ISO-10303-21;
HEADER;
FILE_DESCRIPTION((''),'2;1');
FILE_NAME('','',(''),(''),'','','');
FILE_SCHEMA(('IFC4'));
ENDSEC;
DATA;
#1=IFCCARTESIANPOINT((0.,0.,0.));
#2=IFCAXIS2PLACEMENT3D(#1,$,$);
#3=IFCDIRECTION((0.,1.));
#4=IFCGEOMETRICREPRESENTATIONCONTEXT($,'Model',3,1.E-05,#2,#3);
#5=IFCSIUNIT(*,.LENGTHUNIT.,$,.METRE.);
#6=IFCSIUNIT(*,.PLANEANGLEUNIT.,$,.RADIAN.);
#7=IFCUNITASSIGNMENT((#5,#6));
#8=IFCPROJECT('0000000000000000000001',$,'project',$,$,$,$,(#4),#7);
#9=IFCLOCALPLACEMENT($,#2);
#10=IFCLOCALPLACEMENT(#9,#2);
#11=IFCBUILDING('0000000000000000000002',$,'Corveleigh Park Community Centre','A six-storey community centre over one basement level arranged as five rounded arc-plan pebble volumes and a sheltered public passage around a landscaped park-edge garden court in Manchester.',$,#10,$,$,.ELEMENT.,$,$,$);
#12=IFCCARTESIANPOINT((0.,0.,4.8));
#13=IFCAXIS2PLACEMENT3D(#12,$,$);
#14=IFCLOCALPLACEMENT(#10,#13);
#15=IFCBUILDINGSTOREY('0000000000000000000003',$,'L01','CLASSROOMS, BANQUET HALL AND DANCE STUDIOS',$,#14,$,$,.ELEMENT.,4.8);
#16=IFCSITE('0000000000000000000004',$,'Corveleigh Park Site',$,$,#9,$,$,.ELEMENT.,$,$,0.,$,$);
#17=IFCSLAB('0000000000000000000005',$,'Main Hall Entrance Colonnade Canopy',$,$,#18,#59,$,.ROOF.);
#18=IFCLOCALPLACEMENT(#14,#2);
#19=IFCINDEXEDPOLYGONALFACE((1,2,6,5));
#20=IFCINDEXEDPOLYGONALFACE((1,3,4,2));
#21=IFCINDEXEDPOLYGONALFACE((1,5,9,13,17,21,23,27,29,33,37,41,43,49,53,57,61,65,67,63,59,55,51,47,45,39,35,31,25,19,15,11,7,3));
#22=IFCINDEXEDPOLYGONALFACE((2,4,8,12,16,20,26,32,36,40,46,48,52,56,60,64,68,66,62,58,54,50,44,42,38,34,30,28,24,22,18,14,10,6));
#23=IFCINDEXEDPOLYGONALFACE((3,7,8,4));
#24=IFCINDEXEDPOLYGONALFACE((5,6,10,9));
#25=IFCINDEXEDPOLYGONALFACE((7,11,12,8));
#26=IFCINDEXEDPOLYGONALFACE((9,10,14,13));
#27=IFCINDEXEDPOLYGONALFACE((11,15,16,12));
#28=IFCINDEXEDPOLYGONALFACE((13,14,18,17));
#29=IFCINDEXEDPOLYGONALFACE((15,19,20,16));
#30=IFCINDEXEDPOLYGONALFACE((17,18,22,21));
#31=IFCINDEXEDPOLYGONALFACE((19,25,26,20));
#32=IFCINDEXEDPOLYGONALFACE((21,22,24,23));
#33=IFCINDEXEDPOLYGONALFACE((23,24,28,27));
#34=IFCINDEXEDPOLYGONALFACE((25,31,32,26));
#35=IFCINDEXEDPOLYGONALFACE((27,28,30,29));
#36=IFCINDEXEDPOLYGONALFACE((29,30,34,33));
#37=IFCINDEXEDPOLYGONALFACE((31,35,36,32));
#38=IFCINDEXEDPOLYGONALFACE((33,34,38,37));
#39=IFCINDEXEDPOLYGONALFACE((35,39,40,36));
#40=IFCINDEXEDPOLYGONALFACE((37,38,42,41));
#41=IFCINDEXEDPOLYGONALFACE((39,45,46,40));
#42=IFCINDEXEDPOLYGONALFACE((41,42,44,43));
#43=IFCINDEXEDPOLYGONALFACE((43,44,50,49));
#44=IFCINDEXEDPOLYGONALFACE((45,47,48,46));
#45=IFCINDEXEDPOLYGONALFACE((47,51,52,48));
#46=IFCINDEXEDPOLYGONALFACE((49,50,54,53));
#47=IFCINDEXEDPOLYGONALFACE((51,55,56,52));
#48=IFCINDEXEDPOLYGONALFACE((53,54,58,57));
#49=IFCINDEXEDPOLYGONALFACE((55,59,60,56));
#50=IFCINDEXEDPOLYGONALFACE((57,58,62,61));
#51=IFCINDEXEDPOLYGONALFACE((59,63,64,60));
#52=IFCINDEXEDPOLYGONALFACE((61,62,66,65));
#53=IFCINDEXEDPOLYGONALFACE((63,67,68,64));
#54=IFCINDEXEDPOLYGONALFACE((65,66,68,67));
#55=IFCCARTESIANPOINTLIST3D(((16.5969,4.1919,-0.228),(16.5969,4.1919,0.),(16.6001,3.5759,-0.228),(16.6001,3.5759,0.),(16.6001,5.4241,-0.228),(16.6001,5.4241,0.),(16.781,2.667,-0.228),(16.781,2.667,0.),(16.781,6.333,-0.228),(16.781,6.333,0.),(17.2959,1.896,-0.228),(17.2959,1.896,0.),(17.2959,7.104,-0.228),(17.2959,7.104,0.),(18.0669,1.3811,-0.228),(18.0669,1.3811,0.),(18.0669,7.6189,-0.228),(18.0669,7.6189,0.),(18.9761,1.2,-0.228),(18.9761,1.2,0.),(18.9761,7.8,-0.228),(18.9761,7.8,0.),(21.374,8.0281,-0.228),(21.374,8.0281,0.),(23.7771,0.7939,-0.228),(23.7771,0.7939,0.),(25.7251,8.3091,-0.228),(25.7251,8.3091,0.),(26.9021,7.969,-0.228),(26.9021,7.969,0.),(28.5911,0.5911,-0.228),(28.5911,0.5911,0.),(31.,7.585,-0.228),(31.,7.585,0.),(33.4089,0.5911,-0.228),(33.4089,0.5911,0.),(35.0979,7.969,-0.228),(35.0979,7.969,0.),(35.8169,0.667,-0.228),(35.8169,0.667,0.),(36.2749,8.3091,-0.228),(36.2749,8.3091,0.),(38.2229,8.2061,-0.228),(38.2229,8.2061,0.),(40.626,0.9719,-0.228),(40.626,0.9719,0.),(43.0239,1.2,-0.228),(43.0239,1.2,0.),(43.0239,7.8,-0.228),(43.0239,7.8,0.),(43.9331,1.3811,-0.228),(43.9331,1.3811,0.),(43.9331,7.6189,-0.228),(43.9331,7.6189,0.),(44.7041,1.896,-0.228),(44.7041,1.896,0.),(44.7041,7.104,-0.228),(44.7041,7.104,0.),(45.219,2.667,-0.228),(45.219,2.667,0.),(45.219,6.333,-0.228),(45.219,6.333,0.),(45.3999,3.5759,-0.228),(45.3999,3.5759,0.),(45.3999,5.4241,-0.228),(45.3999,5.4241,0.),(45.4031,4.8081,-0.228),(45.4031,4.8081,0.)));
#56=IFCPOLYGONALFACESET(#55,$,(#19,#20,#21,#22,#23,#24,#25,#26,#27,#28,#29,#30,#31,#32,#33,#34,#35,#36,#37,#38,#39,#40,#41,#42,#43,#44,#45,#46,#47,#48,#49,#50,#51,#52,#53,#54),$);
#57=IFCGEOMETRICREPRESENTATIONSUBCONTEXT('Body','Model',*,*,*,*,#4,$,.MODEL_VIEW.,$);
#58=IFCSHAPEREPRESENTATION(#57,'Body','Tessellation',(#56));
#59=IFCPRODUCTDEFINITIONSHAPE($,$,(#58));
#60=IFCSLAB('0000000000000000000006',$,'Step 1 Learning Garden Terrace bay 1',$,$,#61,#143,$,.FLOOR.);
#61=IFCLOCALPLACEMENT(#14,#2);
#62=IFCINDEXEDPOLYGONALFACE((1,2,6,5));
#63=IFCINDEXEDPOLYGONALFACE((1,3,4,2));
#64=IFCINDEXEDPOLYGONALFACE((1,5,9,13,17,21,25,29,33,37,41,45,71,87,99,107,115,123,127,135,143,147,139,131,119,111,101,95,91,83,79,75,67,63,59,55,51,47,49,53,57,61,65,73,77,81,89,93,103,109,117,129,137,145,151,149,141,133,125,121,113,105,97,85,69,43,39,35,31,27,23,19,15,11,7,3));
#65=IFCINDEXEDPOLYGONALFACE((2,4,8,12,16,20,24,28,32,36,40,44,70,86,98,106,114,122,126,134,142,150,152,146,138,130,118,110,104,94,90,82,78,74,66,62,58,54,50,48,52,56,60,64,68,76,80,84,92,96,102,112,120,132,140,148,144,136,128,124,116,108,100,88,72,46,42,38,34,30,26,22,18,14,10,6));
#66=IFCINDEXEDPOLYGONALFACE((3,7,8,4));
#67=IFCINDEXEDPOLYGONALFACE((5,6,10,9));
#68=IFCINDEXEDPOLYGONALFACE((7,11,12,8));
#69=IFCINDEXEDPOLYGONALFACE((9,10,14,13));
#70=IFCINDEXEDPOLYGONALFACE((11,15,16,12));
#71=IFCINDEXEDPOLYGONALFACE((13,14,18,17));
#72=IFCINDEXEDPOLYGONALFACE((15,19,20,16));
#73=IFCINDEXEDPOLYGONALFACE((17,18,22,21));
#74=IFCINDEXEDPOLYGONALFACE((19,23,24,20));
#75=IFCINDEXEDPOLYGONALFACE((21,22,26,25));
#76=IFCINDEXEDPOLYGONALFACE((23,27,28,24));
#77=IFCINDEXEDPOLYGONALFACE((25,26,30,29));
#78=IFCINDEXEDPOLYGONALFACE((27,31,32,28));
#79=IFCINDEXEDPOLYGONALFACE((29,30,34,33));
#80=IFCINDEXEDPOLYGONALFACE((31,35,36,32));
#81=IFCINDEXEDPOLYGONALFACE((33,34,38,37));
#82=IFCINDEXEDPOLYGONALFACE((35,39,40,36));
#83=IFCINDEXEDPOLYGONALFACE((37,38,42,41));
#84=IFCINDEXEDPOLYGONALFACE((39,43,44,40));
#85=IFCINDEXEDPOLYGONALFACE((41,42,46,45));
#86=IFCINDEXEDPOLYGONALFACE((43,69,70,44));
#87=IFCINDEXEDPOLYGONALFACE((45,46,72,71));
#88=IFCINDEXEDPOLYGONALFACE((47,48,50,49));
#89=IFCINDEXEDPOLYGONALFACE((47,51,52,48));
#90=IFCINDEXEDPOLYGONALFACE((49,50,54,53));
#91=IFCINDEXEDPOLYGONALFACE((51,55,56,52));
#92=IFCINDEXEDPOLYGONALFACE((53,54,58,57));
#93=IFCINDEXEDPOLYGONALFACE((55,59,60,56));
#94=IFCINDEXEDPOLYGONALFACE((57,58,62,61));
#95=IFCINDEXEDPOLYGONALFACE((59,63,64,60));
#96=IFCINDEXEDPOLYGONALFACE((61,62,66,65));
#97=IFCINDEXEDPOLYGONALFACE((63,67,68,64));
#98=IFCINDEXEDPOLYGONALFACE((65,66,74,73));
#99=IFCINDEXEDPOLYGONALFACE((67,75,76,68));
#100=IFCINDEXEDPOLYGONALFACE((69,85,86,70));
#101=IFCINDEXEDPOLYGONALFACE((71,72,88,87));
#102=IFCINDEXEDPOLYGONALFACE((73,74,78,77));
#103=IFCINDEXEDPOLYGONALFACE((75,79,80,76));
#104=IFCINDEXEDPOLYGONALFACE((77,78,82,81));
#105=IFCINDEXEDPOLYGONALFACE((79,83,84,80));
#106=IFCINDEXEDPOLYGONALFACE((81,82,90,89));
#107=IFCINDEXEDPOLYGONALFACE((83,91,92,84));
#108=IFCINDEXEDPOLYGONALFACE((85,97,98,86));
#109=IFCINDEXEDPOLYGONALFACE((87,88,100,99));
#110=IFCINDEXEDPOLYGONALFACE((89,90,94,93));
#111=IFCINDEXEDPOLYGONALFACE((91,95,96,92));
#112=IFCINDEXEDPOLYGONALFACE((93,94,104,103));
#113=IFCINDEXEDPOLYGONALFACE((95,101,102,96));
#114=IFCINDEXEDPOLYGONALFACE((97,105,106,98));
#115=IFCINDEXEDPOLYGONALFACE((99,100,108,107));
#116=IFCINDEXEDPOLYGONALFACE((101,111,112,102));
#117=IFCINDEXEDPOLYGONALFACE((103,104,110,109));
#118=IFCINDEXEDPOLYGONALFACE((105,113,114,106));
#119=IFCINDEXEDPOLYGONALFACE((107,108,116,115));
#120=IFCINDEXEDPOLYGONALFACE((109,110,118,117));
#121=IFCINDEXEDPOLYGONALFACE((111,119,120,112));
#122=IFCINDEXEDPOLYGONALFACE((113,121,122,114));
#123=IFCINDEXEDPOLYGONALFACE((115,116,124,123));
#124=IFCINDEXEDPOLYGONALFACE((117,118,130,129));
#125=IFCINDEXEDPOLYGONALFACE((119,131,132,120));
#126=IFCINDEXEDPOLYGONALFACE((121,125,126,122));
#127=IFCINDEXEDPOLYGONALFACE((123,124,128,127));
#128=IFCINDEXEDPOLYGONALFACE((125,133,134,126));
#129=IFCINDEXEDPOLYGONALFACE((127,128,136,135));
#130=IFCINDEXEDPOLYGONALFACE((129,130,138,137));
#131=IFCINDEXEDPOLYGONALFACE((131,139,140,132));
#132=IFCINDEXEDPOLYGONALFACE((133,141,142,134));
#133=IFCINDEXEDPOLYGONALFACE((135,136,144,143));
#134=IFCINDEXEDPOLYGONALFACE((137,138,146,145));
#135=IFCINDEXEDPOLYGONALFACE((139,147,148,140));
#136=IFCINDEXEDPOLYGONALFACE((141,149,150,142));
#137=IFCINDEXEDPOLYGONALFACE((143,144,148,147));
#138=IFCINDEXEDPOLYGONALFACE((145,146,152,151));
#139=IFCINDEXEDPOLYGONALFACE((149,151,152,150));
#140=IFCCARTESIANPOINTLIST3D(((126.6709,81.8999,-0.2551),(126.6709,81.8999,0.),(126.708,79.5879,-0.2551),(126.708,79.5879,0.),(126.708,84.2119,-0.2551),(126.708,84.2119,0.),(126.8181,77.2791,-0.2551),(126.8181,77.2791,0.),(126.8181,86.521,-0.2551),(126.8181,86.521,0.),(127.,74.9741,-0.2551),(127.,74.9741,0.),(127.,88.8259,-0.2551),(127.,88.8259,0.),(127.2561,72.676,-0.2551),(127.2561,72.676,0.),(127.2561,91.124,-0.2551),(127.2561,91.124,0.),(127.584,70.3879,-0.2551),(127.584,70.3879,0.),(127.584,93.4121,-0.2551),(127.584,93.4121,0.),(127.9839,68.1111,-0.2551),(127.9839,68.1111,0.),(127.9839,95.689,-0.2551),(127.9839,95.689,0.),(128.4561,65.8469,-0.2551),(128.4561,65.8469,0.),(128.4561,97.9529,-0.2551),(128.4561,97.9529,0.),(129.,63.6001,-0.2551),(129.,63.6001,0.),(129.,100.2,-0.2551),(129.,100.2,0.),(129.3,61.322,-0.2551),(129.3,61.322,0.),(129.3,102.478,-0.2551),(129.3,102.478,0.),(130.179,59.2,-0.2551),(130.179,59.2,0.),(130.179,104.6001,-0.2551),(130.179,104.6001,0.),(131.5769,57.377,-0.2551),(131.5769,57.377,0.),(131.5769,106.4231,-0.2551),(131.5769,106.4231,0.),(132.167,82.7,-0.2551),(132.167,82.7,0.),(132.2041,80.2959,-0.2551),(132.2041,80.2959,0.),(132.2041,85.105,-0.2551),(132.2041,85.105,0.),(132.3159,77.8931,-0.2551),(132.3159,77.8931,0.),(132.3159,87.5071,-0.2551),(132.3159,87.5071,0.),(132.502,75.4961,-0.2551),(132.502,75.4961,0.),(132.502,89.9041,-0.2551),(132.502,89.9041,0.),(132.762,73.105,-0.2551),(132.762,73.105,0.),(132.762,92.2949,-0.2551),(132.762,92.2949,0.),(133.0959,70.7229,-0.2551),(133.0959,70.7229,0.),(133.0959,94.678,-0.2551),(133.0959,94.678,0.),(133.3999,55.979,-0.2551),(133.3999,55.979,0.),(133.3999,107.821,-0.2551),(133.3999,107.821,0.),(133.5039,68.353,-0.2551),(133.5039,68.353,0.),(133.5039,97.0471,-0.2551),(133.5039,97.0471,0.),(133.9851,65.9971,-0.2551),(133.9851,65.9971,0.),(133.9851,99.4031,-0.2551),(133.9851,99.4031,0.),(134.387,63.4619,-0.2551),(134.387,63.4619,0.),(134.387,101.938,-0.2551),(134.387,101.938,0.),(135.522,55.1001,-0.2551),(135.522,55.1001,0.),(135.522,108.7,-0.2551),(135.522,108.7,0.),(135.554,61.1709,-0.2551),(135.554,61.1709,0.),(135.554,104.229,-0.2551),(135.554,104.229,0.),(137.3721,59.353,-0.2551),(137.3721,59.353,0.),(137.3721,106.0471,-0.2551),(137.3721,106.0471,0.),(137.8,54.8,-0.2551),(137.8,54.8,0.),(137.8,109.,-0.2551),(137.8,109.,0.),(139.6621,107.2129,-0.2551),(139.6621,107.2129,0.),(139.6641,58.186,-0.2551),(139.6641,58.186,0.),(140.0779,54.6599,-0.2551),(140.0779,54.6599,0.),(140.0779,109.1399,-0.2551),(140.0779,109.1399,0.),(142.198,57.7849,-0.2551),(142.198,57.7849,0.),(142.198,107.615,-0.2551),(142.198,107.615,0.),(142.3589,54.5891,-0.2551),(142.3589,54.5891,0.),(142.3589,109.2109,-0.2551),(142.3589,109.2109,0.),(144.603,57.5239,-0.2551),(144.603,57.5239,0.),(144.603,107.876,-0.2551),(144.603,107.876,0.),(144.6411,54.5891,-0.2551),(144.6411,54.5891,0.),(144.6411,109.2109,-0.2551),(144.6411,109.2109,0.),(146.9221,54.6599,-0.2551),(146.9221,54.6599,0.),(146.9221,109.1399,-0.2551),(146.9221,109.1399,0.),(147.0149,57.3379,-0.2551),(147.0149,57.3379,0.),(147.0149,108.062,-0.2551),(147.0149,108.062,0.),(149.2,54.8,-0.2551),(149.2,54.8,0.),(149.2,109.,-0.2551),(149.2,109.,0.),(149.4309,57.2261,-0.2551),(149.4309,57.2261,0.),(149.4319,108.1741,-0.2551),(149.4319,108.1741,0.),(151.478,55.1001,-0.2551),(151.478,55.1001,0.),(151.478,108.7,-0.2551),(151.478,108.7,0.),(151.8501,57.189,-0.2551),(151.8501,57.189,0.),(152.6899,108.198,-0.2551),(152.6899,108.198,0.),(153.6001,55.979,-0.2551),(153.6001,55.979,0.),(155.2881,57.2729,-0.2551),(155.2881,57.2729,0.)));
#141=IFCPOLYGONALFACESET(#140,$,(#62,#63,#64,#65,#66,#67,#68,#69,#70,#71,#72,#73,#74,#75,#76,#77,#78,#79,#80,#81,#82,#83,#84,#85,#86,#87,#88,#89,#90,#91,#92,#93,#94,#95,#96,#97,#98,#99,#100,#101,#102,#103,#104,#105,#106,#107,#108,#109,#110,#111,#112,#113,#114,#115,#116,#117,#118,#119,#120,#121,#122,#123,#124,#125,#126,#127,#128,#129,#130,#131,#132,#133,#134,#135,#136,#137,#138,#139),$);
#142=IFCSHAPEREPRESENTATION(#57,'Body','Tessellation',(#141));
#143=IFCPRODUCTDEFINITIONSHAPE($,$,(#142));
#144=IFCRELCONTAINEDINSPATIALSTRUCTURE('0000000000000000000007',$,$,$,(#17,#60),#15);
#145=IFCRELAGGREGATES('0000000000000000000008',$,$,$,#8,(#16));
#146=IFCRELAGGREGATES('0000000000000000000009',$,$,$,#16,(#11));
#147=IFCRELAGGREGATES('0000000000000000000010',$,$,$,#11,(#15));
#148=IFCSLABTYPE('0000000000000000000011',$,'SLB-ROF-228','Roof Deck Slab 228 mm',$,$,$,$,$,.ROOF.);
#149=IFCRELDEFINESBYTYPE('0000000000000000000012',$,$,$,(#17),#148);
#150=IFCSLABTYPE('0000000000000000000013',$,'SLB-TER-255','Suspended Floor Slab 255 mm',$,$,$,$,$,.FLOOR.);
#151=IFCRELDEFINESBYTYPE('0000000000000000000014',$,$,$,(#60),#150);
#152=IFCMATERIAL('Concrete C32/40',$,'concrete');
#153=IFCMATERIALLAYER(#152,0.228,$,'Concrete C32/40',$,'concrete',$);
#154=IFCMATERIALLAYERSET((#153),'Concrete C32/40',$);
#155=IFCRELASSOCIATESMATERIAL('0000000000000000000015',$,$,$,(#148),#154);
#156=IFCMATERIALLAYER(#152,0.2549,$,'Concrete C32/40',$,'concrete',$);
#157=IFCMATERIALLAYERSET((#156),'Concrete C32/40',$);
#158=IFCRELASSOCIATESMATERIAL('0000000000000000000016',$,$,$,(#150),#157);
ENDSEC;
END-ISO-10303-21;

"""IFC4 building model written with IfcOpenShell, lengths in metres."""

from ifc_helpers import new_model, si_unit, direction, frame, origin, place, context, subcontext, project, spatial, polyline, outline, extrude, material, layer, layer_set, type_object, element, save


model = new_model("IFC4")

# Units and contexts
model_context = context("Model", 3, precision=1e-05, world=origin(), true_north=direction((0.0, 1.0)))
body_context = subcontext(model_context, "Body", "Model", "MODEL_VIEW")
ifc_project = project(units=[si_unit("LENGTHUNIT", "METRE"), si_unit("PLANEANGLEUNIT", "RADIAN")], contexts=[model_context])

# Site, building, storey
site_placement = place(None, origin())
site = spatial("IfcSite", under=ifc_project, at=site_placement, Name="Corveleigh Park Site", CompositionType="ELEMENT", RefElevation=0.0)
building_placement = place(site_placement, origin())
building = spatial("IfcBuilding", under=site, at=building_placement, Name="Corveleigh Park Community Centre", Description="A six-storey community centre over one basement level arranged as five rounded arc-plan pebble volumes and a sheltered public passage around a landscaped park-edge garden court in Manchester.", CompositionType="ELEMENT")
storey_placement = place(building_placement, frame((0.0, 0.0, 4.8)))
storey = spatial("IfcBuildingStorey", under=building, at=storey_placement, Name="L01", Description="CLASSROOMS, BANQUET HALL AND DANCE STUDIOS", CompositionType="ELEMENT", Elevation=4.8)

# Shared definitions
ifc_material_1 = material(Name="Concrete C32/40", Category="concrete")

# Slabs
ifc_layer_1 = layer(ifc_material_1, 0.228, Name="Concrete C32/40", Category="concrete")
ifc_layer_set_1 = layer_set([ifc_layer_1], Name="Concrete C32/40")
slab_type_1 = type_object("IfcSlabType", Name="SLB-ROF-228", Description="Roof Deck Slab 228 mm", PredefinedType="ROOF", material=ifc_layer_set_1)
slab_1_placement = place(storey_placement, frame((0.0, 0.0, -0.228)))
element("IfcSlab", 1, at=slab_1_placement, inside=storey, type_object=slab_type_1, Name="Main Hall Entrance Colonnade Canopy", PredefinedType="ROOF", context=body_context, shape_type="SweptSolid", body=[
    extrude(outline(polyline([(38.2229, 8.2061), (43.0239, 7.8), (43.9331, 7.6189), (44.7041, 7.104), (45.219, 6.333), (45.3999, 5.4241), (45.4031, 4.8081), (45.3999, 3.5759), (45.219, 2.667), (44.7041, 1.896), (43.9331, 1.3811), (43.0239, 1.2), (40.626, 0.9719), (35.8169, 0.667), (33.4089, 0.5911), (28.5911, 0.5911), (23.7771, 0.7939), (18.9761, 1.2), (18.0669, 1.3811), (17.2959, 1.896), (16.781, 2.667), (16.6001, 3.5759), (16.5969, 4.1919), (16.6001, 5.4241), (16.781, 6.333), (17.2959, 7.104), (18.0669, 7.6189), (18.9761, 7.8), (21.374, 8.0281), (25.7251, 8.3091), (26.9021, 7.969), (31.0, 7.585), (35.0979, 7.969), (36.2749, 8.3091), (38.2229, 8.2061)])), origin(), (0.0, 0.0, 1.0), 0.228),
])
ifc_layer_2 = layer(ifc_material_1, 0.2549, Name="Concrete C32/40", Category="concrete")
ifc_layer_set_2 = layer_set([ifc_layer_2], Name="Concrete C32/40")
slab_type_2 = type_object("IfcSlabType", Name="SLB-TER-255", Description="Suspended Floor Slab 255 mm", PredefinedType="FLOOR", material=ifc_layer_set_2)
slab_2_placement = place(storey_placement, frame((0.0, 0.0, -0.2551)))
element("IfcSlab", 2, at=slab_2_placement, inside=storey, type_object=slab_type_2, Name="Step 1 Learning Garden Terrace bay 1", PredefinedType="FLOOR", context=body_context, shape_type="SweptSolid", body=[
    extrude(outline(polyline([(153.6001, 55.979), (151.478, 55.1001), (149.2, 54.8), (146.9221, 54.6599), (144.6411, 54.5891), (142.3589, 54.5891), (140.0779, 54.6599), (137.8, 54.8), (135.522, 55.1001), (133.3999, 55.979), (131.5769, 57.377), (130.179, 59.2), (129.3, 61.322), (129.0, 63.6001), (128.4561, 65.8469), (127.9839, 68.1111), (127.584, 70.3879), (127.2561, 72.676), (127.0, 74.9741), (126.8181, 77.2791), (126.708, 79.5879), (126.6709, 81.8999), (126.708, 84.2119), (126.8181, 86.521), (127.0, 88.8259), (127.2561, 91.124), (127.584, 93.4121), (127.9839, 95.689), (128.4561, 97.9529), (129.0, 100.2), (129.3, 102.478), (130.179, 104.6001), (131.5769, 106.4231), (133.3999, 107.821), (135.522, 108.7), (137.8, 109.0), (140.0779, 109.1399), (142.3589, 109.2109), (144.6411, 109.2109), (146.9221, 109.1399), (149.2, 109.0), (151.478, 108.7), (152.6899, 108.198), (149.4319, 108.1741), (147.0149, 108.062), (144.603, 107.876), (142.198, 107.615), (139.6621, 107.2129), (137.3721, 106.0471), (135.554, 104.229), (134.387, 101.938), (133.9851, 99.4031), (133.5039, 97.0471), (133.0959, 94.678), (132.762, 92.2949), (132.502, 89.9041), (132.3159, 87.5071), (132.2041, 85.105), (132.167, 82.7), (132.2041, 80.2959), (132.3159, 77.8931), (132.502, 75.4961), (132.762, 73.105), (133.0959, 70.7229), (133.5039, 68.353), (133.9851, 65.9971), (134.387, 63.4619), (135.554, 61.1709), (137.3721, 59.353), (139.6641, 58.186), (142.198, 57.7849), (144.603, 57.5239), (147.0149, 57.3379), (149.4309, 57.2261), (151.8501, 57.189), (155.2881, 57.2729), (153.6001, 55.979)])), origin(), (0.0, 0.0, 1.0), 0.2551),
])

save(model, "model.ifc")
